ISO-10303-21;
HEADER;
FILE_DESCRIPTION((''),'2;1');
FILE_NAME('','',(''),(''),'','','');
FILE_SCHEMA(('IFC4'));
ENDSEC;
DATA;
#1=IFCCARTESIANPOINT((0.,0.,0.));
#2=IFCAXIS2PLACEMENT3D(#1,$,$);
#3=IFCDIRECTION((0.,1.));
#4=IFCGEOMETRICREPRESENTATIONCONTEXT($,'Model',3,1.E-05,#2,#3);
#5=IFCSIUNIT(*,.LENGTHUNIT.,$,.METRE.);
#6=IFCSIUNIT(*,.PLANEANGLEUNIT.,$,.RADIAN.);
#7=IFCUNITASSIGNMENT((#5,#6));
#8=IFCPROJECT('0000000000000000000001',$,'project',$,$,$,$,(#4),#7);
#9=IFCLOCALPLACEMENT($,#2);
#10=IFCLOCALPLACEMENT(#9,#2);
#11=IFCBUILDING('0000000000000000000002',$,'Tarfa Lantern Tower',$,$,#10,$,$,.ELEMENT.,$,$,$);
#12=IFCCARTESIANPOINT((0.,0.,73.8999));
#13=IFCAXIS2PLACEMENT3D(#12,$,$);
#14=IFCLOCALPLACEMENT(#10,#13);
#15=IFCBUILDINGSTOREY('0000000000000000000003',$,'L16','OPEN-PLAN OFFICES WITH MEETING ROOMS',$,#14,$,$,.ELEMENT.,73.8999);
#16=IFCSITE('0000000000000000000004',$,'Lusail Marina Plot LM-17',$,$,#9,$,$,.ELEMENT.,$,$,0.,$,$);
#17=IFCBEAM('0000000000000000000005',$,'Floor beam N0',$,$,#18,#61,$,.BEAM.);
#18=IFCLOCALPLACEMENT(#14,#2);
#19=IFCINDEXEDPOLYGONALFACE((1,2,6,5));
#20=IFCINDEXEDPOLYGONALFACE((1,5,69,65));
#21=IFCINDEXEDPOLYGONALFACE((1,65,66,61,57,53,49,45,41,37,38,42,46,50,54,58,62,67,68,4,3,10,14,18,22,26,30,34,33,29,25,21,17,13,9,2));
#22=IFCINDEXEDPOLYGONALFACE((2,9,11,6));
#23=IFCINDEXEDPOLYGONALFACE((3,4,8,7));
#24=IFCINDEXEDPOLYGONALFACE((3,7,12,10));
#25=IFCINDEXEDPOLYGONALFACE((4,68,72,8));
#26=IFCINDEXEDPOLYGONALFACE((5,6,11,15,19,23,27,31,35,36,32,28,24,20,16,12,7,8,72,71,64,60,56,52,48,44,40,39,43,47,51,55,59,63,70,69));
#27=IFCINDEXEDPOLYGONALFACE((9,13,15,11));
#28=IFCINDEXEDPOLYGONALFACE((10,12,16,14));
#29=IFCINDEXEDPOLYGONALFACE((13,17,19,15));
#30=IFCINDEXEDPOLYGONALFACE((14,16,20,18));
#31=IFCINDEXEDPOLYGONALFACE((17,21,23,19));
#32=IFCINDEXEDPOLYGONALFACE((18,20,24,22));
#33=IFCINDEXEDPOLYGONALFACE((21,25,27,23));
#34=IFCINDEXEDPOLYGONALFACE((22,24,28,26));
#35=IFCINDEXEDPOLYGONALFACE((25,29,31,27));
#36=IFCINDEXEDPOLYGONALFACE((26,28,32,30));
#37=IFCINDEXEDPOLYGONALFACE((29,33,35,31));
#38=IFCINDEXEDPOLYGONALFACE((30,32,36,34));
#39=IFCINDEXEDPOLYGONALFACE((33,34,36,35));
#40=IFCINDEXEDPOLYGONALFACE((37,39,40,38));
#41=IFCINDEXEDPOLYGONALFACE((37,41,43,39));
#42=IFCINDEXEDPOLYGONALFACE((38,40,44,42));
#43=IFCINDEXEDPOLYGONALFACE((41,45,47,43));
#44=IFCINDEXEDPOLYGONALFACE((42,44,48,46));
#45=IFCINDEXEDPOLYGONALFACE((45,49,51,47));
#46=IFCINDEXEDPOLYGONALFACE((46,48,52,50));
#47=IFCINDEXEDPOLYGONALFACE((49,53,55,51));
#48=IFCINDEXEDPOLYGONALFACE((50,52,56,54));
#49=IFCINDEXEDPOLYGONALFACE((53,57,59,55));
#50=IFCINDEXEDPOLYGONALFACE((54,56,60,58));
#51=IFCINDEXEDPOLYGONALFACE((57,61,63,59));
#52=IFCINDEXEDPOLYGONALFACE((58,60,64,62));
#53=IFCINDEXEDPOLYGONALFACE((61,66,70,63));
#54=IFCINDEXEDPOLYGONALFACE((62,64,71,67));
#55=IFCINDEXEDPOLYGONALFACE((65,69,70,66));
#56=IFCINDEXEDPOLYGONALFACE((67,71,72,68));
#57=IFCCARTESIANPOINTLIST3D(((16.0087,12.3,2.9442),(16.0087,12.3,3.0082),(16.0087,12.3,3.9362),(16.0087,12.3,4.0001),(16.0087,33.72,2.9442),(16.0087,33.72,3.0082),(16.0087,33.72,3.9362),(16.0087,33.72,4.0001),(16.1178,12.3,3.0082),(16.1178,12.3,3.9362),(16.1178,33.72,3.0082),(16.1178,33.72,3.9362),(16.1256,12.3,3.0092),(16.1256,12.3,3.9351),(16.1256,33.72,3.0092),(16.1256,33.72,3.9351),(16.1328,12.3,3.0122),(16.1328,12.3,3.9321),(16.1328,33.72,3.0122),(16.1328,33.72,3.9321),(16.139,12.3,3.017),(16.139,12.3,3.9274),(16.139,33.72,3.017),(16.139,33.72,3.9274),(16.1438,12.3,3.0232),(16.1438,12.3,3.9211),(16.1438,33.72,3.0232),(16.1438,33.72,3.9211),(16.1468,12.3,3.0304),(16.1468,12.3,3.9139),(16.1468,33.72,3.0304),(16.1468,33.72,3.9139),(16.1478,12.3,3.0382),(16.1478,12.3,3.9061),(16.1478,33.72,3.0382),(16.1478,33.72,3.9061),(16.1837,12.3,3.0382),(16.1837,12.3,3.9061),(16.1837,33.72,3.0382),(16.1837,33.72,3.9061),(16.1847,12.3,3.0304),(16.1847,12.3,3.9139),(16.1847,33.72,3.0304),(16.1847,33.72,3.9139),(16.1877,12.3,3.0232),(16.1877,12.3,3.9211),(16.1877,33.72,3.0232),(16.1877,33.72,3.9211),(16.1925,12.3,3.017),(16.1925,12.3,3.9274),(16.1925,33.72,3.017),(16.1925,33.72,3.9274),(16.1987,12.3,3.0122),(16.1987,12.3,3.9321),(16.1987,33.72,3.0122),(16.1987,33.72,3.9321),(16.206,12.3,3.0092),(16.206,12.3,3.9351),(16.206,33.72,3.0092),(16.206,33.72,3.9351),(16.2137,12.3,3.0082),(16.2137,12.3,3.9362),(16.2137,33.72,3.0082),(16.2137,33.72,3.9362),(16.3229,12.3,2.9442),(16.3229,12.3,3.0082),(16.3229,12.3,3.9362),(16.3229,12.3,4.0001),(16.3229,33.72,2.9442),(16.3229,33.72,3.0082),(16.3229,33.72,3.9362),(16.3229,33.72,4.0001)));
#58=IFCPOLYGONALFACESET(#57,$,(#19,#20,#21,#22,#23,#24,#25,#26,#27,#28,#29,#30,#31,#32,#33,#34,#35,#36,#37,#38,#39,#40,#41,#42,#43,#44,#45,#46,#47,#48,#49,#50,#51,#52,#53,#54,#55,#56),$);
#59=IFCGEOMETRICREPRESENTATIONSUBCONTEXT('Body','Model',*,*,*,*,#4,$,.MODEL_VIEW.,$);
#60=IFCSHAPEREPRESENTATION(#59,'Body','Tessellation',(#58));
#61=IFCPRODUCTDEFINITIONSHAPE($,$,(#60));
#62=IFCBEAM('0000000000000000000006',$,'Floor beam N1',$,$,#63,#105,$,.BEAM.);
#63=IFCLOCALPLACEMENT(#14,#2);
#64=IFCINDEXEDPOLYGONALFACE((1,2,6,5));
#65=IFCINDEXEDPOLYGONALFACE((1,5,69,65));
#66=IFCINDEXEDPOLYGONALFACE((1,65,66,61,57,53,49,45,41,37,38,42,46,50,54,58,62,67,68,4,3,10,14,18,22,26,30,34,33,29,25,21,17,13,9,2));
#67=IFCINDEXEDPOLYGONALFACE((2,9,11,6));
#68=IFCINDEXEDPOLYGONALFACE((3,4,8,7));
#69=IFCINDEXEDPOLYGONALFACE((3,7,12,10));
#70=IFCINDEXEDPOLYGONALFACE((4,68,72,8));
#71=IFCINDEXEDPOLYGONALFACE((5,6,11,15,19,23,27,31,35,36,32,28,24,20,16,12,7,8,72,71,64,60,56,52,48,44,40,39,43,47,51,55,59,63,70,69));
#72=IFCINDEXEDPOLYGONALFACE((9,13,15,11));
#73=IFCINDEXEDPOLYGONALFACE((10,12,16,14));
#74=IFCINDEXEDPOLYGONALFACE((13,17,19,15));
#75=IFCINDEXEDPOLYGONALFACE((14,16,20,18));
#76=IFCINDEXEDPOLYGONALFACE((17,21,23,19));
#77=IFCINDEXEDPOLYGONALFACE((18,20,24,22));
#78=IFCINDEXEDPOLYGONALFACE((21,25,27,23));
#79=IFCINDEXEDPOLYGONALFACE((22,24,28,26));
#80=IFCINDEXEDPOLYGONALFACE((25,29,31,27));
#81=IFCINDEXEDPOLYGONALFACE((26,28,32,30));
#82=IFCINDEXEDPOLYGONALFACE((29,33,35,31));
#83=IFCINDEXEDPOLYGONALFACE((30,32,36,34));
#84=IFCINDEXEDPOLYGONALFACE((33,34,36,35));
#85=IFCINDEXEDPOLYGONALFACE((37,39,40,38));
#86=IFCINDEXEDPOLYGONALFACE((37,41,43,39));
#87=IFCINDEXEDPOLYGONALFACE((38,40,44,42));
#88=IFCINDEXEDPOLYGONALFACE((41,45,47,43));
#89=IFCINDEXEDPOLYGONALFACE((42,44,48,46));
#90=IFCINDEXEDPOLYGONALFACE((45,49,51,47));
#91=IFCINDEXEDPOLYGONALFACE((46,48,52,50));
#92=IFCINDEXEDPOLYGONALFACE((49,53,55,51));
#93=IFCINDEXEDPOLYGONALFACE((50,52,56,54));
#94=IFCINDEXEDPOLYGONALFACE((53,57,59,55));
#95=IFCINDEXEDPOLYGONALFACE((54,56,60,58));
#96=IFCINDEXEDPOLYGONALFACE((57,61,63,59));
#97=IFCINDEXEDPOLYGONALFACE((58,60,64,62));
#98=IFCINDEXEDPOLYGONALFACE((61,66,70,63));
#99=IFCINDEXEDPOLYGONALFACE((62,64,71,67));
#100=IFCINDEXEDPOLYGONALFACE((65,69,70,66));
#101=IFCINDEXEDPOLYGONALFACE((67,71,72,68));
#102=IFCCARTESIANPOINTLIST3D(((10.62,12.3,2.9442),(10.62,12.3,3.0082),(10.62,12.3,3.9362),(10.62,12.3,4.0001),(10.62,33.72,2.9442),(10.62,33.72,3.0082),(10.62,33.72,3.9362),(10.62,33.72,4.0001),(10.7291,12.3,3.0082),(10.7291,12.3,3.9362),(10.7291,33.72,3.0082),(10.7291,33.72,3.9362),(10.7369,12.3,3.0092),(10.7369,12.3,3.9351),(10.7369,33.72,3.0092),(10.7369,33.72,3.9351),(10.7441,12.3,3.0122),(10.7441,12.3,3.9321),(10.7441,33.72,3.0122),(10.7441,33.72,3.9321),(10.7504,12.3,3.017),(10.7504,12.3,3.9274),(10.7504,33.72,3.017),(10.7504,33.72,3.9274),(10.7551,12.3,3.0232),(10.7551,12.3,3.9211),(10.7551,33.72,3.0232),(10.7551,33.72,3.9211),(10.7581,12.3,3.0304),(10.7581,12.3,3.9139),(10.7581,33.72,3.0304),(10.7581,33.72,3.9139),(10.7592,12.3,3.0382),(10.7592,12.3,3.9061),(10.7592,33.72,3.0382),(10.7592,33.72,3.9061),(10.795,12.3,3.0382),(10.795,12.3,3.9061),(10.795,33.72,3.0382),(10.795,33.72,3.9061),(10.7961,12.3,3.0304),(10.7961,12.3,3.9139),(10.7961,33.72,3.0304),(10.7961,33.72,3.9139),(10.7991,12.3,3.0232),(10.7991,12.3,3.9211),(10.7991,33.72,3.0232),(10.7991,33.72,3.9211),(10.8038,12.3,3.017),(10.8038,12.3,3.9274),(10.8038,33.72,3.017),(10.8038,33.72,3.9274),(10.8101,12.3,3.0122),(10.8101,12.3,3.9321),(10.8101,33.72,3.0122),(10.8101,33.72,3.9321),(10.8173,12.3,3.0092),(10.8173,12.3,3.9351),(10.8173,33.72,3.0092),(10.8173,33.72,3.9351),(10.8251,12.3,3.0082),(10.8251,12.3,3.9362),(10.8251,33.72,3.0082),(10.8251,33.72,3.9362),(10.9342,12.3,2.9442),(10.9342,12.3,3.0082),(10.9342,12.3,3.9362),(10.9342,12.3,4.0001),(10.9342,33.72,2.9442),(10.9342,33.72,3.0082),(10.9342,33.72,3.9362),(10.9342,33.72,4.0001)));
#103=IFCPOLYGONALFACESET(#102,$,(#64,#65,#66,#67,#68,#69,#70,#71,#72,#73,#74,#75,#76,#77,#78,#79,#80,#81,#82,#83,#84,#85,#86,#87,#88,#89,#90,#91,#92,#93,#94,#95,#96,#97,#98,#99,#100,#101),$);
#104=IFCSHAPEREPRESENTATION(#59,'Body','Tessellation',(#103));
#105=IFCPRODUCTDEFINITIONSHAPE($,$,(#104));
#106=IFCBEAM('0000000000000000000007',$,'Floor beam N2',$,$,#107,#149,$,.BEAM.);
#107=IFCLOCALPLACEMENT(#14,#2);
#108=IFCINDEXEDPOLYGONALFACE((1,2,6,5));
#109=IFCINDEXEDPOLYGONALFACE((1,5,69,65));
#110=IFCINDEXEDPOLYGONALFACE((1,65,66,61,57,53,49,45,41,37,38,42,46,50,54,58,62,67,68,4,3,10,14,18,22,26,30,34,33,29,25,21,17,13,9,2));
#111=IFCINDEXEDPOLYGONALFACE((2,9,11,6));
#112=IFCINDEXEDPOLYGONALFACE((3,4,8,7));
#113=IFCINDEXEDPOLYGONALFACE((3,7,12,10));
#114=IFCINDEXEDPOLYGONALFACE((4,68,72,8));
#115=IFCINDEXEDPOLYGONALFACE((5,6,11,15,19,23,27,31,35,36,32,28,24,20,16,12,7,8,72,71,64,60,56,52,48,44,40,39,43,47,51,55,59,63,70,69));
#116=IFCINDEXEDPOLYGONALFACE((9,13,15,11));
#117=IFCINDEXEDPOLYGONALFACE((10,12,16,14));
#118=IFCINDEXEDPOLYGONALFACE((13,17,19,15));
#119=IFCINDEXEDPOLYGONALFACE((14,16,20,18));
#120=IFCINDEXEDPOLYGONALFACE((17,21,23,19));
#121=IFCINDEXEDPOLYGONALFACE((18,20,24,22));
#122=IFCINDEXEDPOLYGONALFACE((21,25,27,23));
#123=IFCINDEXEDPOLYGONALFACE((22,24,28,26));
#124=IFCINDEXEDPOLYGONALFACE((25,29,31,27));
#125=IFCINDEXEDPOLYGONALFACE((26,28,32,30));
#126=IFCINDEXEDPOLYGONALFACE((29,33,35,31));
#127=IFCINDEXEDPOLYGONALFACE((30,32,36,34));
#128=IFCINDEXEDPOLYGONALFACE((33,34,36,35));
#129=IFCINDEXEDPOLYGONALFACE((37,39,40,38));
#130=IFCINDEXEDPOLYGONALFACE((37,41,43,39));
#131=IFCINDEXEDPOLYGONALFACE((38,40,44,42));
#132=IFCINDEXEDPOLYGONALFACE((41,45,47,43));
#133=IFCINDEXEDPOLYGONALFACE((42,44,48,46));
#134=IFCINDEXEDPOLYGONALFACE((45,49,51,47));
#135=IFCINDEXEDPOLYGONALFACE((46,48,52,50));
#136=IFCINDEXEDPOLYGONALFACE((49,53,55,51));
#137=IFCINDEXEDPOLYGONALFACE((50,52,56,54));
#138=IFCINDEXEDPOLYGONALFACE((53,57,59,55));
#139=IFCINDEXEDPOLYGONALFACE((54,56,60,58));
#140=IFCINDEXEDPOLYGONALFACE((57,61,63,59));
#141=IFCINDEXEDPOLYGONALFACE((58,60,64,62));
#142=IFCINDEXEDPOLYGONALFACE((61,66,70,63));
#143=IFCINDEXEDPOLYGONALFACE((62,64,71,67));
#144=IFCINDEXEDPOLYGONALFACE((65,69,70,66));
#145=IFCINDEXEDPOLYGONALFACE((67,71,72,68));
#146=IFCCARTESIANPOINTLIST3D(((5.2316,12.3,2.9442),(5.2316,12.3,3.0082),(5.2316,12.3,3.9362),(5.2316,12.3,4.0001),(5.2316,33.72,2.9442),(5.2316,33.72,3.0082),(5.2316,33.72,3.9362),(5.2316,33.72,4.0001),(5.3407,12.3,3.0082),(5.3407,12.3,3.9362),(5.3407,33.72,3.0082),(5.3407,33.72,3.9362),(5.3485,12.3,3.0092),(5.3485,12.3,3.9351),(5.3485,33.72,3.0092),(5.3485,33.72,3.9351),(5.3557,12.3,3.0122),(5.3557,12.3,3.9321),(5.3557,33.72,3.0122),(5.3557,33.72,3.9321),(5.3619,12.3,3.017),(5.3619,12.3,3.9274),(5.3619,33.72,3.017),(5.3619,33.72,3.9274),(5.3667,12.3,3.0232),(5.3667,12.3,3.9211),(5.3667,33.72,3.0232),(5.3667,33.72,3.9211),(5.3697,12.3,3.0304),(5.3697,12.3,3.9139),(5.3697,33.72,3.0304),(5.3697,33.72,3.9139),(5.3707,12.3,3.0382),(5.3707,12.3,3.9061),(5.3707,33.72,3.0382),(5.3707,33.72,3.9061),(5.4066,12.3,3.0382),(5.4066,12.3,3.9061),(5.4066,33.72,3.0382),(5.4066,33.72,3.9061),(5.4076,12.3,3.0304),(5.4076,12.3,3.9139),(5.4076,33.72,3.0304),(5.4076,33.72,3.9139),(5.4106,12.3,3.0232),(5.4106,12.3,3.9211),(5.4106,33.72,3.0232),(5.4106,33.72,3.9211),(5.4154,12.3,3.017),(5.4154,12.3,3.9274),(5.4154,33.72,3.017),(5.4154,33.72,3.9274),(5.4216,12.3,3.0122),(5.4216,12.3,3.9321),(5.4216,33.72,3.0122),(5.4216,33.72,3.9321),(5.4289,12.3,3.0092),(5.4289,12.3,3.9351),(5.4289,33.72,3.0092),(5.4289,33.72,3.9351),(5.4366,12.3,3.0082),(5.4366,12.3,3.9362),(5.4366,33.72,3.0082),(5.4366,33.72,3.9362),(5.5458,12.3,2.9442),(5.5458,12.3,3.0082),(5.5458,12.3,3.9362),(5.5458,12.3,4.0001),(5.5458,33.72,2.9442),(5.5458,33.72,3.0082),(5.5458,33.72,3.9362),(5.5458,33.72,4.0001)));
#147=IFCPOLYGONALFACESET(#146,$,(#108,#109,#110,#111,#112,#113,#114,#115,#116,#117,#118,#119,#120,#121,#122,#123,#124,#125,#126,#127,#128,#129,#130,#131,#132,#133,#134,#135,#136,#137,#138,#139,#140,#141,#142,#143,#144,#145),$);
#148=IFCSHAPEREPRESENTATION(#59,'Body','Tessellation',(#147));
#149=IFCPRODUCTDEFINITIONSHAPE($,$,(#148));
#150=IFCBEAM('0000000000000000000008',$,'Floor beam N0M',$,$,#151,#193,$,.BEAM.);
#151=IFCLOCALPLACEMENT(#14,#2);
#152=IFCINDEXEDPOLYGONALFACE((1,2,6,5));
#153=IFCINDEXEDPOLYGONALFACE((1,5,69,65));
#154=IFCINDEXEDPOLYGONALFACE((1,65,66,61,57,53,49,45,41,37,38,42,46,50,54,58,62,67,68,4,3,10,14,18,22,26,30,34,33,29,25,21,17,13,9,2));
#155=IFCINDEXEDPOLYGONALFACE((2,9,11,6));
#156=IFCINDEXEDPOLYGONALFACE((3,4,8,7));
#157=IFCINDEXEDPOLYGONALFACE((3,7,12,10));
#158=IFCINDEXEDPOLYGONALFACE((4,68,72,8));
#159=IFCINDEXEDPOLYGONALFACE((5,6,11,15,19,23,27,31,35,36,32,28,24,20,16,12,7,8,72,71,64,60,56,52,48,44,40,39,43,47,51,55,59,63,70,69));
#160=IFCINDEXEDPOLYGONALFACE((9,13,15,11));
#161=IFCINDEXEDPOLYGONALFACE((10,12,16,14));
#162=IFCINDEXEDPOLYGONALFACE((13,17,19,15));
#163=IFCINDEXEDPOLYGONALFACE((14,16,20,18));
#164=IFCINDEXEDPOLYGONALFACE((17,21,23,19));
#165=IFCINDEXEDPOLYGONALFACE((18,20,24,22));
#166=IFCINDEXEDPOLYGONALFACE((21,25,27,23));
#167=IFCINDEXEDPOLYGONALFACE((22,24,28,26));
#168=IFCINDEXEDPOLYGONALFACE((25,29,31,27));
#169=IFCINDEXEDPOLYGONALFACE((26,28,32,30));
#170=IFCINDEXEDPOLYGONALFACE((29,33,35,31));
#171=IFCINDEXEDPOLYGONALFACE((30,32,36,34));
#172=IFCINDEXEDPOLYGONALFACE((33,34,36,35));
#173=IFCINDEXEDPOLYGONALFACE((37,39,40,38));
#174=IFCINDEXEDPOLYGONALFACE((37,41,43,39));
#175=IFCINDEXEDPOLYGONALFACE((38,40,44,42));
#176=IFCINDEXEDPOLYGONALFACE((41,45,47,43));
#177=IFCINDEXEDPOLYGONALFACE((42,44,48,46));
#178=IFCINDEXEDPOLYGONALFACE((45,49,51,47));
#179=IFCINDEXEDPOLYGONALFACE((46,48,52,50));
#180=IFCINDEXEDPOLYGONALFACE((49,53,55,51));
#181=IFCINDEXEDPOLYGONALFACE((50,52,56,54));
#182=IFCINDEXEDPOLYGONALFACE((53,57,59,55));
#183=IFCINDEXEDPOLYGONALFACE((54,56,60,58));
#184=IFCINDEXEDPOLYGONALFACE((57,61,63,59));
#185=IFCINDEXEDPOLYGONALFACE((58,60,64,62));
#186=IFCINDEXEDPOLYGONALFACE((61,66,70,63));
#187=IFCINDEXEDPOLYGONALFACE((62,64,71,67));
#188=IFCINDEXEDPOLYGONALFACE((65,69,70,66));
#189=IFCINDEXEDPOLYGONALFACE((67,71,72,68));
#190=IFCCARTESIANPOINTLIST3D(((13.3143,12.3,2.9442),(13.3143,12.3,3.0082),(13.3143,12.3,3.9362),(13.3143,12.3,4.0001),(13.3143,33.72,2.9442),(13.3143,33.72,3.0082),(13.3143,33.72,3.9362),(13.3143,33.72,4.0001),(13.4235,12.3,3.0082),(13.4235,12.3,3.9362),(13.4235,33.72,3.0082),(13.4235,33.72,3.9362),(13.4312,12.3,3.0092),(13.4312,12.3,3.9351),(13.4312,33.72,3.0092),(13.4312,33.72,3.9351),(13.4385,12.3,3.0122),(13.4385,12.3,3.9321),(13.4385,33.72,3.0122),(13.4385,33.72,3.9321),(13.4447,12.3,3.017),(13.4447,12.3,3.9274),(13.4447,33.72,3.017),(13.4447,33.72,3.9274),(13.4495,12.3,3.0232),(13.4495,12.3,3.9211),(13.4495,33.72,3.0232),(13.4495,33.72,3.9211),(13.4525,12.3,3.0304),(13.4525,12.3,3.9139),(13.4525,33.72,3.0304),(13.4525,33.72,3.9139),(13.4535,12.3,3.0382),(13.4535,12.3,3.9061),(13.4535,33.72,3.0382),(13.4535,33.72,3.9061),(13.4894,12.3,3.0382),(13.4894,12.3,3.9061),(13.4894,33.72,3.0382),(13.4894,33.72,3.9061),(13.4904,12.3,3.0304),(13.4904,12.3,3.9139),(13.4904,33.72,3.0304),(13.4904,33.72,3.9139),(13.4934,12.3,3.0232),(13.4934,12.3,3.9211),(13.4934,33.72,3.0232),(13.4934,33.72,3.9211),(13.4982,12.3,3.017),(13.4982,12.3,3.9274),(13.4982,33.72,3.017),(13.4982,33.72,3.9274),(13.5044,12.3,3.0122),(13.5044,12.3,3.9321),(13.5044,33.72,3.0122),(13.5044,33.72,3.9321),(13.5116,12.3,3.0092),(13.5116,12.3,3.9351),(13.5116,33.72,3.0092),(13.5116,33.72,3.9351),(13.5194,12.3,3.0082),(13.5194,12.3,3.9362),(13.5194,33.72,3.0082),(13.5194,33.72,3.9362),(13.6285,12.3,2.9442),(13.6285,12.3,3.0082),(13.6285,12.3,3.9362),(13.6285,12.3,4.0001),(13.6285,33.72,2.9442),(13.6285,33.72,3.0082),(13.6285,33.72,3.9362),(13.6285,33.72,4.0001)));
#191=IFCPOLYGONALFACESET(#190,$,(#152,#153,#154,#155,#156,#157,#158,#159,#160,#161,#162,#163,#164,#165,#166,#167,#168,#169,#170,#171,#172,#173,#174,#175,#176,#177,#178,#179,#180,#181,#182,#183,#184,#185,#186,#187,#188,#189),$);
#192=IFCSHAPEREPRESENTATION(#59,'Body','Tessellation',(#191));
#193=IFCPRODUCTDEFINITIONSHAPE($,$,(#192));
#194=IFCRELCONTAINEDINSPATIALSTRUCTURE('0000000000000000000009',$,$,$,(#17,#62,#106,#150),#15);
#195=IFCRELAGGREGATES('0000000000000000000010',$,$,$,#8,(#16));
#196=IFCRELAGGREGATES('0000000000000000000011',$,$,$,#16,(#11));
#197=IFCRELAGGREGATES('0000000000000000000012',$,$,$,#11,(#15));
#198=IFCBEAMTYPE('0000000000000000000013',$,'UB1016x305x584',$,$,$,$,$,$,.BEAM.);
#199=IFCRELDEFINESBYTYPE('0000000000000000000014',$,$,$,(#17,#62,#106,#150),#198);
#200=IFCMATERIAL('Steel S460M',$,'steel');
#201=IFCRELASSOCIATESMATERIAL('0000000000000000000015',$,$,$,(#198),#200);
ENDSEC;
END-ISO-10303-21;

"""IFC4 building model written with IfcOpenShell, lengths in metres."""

from ifc_helpers import new_model, si_unit, direction, frame, origin, origin_2d, place, context, subcontext, project, spatial, i_section, extrude, material, material_profile, profile_set, type_object, element, save


model = new_model("IFC4")

# Units and contexts
model_context = context("Model", 3, precision=1e-05, world=origin(), true_north=direction((0.0, 1.0)))
body_context = subcontext(model_context, "Body", "Model", "MODEL_VIEW")
ifc_project = project(units=[si_unit("LENGTHUNIT", "METRE"), si_unit("PLANEANGLEUNIT", "RADIAN")], contexts=[model_context])

# Site, building, storey
site_placement = place(None, origin())
site = spatial("IfcSite", under=ifc_project, at=site_placement, Name="Lusail Marina Plot LM-17", CompositionType="ELEMENT", RefElevation=0.0)
building_placement = place(site_placement, origin())
building = spatial("IfcBuilding", under=site, at=building_placement, Name="Tarfa Lantern Tower", CompositionType="ELEMENT")
storey_placement = place(building_placement, frame((0.0, 0.0, 73.8999)))
storey = spatial("IfcBuildingStorey", under=building, at=storey_placement, Name="L16", Description="OPEN-PLAN OFFICES WITH MEETING ROOMS", CompositionType="ELEMENT", Elevation=73.8999)

# Beams
ifc_material_1 = material(Name="Steel S460M", Category="steel")
ifc_material_profile_1 = material_profile(ifc_material_1, i_section(OverallWidth=0.3142, OverallDepth=1.0559, WebThickness=0.0359, FlangeThickness=0.064, FilletRadius=0.03, at=origin_2d()), Name="UB1016x305x584")
ifc_profile_set_1 = profile_set([ifc_material_profile_1], Name="Steel S460M")
beam_type_1 = type_object("IfcBeamType", Name="UB1016x305x584", PredefinedType="BEAM", material=ifc_profile_set_1)
for number, where, z_axis, x_axis, name in (
    (1, (16.1658, 33.72, 3.4722), (0.0, -1.0, 0.0), (1.0, 0.0, 0.0), "Floor beam N0"),
    (2, (10.7771, 33.72, 3.4722), (0.0, -1.0, 0.0), (1.0, 0.0, 0.0), "Floor beam N1"),
    (3, (5.3887, 33.72, 3.4722), (0.0, -1.0, 0.0), (1.0, 0.0, 0.0), "Floor beam N2"),
    (4, (13.4714, 33.72, 3.4722), (0.0, -1.0, 0.0), (1.0, 0.0, 0.0), "Floor beam N0M"),
):
    element("IfcBeam", number, at=place(storey_placement, frame(where, z_axis=z_axis, x_axis=x_axis)), inside=storey, type_object=beam_type_1, Name=name, PredefinedType="BEAM", context=body_context, shape_type="SweptSolid", body=[
        extrude(i_section(OverallWidth=0.3142, OverallDepth=1.0559, WebThickness=0.0359, FlangeThickness=0.064, FilletRadius=0.03, at=origin_2d()), origin(), (0.0, 0.0, 1.0), 21.4199),
    ])

save(model, "model.ifc")
